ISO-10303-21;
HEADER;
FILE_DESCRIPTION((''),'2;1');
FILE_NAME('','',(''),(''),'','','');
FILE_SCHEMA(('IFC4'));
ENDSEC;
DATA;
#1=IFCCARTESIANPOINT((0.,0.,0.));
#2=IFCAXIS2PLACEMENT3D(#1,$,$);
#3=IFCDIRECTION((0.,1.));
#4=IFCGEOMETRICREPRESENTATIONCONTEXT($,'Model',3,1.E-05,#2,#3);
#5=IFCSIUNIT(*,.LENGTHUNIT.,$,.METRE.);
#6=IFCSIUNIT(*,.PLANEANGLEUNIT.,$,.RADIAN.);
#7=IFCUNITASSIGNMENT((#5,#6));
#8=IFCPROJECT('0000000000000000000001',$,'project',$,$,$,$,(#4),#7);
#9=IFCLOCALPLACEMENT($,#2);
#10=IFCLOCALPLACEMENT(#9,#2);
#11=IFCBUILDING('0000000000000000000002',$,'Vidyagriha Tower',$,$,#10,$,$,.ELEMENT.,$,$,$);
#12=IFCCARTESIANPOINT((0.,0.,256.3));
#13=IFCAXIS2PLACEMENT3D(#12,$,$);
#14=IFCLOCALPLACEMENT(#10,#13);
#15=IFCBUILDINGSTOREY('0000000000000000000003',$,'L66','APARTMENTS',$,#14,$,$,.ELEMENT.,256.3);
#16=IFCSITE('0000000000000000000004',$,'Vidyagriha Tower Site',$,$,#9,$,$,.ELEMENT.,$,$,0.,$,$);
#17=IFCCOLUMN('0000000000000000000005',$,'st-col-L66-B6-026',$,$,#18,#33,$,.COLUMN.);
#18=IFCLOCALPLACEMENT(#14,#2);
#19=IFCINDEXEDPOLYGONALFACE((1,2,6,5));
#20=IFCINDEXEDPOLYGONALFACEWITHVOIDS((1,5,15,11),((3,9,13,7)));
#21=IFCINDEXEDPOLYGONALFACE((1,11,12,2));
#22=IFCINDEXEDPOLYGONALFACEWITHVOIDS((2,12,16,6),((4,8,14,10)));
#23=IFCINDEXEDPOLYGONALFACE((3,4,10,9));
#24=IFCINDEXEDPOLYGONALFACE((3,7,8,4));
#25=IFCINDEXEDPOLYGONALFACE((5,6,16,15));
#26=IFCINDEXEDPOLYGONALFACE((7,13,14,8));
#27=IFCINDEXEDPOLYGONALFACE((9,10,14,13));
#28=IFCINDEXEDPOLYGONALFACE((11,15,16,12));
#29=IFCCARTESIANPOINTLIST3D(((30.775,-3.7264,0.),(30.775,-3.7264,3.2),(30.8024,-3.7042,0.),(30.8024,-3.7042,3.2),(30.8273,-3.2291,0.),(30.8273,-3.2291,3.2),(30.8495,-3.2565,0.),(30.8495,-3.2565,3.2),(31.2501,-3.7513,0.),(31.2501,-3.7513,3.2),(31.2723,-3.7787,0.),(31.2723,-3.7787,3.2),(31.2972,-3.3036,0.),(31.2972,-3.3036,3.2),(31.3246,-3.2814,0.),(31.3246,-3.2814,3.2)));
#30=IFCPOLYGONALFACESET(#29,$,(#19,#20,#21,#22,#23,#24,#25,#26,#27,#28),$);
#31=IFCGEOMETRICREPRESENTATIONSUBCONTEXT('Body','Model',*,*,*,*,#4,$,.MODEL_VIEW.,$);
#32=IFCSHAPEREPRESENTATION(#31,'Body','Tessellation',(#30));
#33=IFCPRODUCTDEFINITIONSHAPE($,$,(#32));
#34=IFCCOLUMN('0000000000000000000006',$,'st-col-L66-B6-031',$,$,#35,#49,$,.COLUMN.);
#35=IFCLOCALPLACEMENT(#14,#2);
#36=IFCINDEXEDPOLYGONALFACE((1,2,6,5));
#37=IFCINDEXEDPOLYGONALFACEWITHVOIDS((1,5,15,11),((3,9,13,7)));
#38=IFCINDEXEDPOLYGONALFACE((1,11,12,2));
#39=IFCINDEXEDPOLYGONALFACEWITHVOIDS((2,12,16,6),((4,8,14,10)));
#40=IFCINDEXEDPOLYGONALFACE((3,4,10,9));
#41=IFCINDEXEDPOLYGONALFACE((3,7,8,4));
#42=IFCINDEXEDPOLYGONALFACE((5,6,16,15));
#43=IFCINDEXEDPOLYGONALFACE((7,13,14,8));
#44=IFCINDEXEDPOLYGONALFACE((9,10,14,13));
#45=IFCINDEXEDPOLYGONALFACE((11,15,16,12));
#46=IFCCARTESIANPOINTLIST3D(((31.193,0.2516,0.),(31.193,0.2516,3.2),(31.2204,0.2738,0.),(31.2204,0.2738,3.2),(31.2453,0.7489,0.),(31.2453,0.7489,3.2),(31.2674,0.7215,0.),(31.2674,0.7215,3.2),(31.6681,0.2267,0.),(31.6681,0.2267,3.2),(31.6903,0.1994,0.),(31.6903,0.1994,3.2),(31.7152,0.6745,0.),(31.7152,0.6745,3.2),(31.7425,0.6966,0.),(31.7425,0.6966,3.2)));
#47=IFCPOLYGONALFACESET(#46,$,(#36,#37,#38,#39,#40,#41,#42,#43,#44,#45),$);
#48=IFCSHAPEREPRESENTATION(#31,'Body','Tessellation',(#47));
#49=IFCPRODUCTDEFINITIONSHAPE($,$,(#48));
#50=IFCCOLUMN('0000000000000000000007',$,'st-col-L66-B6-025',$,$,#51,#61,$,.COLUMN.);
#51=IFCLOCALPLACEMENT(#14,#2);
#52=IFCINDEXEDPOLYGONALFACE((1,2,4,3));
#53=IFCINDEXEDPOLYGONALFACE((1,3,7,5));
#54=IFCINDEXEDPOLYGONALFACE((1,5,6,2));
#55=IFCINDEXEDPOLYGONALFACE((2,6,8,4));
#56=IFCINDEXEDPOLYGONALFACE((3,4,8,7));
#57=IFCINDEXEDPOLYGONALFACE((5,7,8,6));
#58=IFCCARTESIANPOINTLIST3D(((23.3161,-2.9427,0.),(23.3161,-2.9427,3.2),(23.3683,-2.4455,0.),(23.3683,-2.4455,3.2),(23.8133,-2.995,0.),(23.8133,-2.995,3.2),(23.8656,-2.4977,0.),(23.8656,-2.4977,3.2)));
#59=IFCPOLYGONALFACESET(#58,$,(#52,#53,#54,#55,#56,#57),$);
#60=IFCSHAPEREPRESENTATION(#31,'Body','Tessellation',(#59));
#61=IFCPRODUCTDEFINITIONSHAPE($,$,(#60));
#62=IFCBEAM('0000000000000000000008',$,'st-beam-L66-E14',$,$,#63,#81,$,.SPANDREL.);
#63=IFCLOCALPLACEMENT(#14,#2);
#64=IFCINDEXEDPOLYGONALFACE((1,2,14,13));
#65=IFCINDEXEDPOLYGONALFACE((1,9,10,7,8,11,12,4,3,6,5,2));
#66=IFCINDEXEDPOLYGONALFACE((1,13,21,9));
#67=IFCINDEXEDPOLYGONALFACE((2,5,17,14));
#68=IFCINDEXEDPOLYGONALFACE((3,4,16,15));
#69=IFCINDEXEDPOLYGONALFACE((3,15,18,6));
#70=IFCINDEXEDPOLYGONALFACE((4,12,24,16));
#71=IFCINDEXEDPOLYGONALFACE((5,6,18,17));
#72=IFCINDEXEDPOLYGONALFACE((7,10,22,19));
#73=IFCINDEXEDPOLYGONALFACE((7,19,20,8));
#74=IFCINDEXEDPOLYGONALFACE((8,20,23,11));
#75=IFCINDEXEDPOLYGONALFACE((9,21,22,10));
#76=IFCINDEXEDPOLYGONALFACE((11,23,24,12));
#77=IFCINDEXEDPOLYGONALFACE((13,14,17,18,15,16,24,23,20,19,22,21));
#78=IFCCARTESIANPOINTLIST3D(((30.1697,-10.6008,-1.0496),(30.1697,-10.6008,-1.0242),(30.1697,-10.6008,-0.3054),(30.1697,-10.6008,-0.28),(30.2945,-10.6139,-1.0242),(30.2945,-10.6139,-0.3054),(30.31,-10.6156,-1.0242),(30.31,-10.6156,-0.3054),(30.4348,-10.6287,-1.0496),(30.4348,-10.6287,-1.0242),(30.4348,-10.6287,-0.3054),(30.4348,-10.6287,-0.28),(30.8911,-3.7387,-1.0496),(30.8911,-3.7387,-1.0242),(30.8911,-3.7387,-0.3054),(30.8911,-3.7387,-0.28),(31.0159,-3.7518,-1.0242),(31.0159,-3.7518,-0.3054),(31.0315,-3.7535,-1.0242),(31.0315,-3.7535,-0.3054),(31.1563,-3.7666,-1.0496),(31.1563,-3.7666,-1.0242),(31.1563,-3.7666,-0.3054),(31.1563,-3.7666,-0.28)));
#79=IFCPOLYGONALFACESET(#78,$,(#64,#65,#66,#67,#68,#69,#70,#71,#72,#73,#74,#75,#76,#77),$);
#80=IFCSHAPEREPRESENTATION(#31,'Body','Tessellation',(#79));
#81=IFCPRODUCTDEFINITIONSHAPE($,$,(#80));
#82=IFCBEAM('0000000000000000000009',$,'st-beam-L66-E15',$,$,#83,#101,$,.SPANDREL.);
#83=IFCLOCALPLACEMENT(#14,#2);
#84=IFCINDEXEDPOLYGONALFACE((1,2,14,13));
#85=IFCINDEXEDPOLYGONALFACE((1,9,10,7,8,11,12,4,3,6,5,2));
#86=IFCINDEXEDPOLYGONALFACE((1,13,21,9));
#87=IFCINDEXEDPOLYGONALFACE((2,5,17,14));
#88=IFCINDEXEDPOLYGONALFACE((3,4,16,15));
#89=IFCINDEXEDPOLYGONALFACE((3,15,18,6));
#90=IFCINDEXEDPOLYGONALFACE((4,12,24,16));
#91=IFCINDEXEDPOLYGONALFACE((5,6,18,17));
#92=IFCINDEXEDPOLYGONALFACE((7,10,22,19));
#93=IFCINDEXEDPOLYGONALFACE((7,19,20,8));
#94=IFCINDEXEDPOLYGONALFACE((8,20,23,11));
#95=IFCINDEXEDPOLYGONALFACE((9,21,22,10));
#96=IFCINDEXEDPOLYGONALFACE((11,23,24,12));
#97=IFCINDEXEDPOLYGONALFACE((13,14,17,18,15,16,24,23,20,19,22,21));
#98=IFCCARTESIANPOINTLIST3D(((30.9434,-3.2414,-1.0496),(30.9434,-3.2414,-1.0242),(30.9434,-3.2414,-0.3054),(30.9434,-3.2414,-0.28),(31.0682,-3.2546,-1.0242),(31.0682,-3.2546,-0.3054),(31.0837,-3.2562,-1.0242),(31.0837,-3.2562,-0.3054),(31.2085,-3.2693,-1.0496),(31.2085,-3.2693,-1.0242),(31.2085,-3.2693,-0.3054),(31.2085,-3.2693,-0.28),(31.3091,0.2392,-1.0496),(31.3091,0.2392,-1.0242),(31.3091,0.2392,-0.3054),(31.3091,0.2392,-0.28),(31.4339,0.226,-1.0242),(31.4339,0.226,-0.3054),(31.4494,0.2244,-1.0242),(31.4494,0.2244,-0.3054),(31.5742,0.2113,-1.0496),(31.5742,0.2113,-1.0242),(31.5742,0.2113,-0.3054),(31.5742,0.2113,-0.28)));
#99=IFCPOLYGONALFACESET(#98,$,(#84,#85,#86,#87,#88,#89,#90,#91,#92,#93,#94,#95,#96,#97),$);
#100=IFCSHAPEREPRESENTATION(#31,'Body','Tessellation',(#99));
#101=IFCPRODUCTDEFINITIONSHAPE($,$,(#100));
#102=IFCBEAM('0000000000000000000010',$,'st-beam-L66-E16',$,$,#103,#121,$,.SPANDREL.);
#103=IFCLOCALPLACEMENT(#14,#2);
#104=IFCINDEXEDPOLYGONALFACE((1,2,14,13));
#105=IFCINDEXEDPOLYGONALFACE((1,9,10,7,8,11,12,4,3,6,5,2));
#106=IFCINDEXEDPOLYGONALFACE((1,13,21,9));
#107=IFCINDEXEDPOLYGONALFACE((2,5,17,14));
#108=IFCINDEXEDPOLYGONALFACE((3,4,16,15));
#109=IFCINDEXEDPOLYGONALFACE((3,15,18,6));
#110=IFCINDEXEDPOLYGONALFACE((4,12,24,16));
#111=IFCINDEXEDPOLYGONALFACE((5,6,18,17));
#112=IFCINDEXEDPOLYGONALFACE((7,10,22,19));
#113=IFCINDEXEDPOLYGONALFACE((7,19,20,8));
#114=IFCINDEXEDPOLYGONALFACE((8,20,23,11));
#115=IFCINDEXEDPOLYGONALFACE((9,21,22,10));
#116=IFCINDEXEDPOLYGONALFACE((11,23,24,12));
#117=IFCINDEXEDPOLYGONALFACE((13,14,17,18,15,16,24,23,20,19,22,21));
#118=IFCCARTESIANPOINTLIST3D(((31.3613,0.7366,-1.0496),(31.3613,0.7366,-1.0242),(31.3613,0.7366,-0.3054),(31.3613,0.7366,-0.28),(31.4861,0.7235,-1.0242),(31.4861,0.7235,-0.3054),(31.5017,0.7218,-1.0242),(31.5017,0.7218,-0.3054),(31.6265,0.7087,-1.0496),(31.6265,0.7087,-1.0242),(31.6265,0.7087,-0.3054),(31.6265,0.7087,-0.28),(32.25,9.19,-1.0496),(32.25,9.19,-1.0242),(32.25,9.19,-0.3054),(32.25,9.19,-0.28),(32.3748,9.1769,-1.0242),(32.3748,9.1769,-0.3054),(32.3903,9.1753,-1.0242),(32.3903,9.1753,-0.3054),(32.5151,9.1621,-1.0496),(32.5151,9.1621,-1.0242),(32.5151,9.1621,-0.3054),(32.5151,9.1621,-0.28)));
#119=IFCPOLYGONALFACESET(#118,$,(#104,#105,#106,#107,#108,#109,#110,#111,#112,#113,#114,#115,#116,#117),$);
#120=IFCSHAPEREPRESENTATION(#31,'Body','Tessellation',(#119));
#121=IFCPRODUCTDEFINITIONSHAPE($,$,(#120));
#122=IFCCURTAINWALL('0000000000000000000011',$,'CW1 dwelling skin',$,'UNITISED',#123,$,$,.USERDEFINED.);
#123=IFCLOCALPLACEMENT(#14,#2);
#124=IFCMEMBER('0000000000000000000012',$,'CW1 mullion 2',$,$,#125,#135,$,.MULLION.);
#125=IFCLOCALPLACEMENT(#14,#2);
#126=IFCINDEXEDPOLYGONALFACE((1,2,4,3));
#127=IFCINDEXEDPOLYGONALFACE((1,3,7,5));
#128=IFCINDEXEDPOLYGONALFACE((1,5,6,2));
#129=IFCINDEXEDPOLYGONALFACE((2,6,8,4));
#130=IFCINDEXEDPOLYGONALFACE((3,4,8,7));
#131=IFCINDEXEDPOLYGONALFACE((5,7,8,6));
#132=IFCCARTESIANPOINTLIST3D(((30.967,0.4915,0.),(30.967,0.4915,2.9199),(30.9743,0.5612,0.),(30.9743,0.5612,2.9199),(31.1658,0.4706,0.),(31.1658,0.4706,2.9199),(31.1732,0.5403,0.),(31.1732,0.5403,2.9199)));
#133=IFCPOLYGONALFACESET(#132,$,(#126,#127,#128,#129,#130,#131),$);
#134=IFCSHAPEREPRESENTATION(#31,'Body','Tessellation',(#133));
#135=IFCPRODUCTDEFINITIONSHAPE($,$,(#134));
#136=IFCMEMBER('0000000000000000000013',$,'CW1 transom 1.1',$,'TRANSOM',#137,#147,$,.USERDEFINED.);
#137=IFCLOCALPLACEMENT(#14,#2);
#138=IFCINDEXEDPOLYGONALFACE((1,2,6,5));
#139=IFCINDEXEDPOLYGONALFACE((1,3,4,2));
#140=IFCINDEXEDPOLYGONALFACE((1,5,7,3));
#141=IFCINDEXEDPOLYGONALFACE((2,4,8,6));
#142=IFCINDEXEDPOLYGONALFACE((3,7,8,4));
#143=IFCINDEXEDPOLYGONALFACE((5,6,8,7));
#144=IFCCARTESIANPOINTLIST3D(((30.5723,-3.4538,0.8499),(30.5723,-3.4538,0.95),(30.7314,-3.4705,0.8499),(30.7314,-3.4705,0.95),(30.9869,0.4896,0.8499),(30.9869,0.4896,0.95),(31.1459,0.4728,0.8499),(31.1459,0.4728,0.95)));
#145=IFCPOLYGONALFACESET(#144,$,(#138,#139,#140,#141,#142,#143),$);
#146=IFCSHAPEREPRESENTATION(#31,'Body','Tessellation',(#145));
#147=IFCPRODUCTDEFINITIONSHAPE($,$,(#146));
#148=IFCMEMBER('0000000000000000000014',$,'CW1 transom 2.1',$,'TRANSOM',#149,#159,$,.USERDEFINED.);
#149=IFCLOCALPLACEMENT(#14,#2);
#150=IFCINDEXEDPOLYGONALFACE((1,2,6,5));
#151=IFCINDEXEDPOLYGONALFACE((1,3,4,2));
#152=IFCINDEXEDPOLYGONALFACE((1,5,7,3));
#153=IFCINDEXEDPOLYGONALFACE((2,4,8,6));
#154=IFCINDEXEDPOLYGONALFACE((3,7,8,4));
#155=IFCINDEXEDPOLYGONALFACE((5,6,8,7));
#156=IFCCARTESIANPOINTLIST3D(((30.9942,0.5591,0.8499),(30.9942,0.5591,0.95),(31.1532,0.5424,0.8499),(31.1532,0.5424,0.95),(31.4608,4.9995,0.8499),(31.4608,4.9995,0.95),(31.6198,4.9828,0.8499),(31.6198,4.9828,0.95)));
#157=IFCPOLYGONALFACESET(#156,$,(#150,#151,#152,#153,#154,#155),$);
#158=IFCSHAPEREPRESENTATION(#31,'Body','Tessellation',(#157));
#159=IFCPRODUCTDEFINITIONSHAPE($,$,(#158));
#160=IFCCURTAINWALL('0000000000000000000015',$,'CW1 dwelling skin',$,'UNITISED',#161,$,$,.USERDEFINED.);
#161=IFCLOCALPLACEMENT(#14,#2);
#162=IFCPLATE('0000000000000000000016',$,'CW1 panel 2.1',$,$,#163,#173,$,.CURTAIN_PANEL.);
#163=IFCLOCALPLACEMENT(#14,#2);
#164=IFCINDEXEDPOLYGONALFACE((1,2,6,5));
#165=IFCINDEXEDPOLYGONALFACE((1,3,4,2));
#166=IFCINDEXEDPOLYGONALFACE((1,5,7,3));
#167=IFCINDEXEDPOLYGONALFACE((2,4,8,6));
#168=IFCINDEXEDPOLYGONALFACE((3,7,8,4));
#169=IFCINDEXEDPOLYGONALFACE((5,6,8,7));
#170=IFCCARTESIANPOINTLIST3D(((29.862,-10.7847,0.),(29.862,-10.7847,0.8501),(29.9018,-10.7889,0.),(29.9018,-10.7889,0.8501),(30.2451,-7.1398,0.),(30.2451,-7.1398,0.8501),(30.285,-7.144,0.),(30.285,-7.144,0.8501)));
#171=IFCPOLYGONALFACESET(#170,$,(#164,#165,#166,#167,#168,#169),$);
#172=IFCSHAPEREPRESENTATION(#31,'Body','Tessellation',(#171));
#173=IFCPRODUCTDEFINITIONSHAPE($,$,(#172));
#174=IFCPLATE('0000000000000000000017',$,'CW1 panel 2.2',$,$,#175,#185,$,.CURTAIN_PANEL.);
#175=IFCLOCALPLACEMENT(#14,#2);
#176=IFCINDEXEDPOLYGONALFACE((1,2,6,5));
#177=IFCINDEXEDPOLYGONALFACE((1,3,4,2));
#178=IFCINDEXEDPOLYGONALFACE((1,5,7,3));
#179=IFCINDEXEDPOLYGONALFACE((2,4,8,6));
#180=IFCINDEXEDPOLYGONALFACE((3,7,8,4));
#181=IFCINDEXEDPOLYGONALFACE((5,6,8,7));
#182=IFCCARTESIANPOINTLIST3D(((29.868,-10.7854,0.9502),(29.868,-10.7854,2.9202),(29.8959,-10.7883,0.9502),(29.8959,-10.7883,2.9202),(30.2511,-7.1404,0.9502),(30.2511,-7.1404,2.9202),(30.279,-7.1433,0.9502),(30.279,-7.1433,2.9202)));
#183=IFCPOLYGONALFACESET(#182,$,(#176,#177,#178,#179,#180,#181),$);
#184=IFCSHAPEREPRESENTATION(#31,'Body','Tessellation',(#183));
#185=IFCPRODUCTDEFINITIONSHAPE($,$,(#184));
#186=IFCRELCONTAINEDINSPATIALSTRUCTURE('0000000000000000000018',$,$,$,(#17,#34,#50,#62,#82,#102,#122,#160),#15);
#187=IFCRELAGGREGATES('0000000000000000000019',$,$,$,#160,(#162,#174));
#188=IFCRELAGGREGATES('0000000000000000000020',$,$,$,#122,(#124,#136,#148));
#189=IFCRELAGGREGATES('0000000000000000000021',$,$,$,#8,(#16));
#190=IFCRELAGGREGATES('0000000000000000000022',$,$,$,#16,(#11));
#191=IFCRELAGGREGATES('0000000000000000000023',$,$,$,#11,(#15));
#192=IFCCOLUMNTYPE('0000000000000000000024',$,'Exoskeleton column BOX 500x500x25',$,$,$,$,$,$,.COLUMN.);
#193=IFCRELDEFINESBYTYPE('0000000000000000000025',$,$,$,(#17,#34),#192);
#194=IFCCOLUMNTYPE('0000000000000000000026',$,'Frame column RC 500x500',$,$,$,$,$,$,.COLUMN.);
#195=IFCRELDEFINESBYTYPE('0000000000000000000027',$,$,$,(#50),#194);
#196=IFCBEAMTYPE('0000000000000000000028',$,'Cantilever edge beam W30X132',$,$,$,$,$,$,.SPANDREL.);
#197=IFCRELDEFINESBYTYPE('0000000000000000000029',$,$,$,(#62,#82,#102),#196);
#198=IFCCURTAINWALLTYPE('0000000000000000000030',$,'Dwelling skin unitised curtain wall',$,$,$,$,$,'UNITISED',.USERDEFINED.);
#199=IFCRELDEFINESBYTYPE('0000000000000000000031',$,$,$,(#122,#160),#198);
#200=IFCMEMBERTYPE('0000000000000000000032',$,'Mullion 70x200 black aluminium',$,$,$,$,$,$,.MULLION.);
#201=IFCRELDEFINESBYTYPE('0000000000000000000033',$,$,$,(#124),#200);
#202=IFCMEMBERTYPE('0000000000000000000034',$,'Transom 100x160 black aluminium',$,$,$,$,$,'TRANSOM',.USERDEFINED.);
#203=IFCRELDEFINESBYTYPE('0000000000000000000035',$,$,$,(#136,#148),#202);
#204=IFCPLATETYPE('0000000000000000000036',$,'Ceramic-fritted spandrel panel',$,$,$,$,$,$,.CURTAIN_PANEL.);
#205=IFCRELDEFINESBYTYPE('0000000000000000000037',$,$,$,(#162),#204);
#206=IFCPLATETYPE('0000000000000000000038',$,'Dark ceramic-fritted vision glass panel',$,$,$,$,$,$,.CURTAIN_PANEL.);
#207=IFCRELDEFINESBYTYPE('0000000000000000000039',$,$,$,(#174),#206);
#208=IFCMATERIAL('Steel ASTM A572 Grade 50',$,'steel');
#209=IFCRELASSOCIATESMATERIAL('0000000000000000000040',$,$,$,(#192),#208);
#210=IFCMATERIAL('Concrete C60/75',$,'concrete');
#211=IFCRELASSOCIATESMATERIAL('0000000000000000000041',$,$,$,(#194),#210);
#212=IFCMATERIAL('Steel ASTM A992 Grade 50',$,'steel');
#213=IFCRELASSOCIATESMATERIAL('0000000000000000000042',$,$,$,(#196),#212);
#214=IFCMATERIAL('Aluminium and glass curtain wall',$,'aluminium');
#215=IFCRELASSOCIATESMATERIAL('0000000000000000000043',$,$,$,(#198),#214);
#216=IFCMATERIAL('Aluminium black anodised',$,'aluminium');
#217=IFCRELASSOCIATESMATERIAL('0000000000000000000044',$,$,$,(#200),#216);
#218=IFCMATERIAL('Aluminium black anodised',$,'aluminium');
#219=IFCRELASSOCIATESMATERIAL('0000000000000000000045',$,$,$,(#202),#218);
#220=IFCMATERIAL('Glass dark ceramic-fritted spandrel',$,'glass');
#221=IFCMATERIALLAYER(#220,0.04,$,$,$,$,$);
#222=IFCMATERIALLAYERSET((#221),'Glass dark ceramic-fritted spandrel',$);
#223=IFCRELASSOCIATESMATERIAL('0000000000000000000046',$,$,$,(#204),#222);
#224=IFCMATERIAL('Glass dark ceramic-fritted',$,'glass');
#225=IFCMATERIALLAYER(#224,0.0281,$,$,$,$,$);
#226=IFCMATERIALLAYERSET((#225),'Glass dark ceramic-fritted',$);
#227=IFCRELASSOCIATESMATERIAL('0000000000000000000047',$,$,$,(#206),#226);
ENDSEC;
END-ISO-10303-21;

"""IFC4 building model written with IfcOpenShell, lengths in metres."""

from ifc_helpers import new_model, si_unit, direction, frame, origin, origin_2d, place, context, subcontext, project, spatial, rectangle, hollow_rectangle, i_section, extrude, material, layer, layer_set, material_profile, profile_set, type_object, element, aggregate, save


model = new_model("IFC4")

# Units and contexts
model_context = context("Model", 3, precision=1e-05, world=origin(), true_north=direction((0.0, 1.0)))
body_context = subcontext(model_context, "Body", "Model", "MODEL_VIEW")
ifc_project = project(units=[si_unit("LENGTHUNIT", "METRE"), si_unit("PLANEANGLEUNIT", "RADIAN")], contexts=[model_context])

# Site, building, storey
site_placement = place(None, origin())
site = spatial("IfcSite", under=ifc_project, at=site_placement, Name="Vidyagriha Tower Site", CompositionType="ELEMENT", RefElevation=0.0)
building_placement = place(site_placement, origin())
building = spatial("IfcBuilding", under=site, at=building_placement, Name="Vidyagriha Tower", CompositionType="ELEMENT")
storey_placement = place(building_placement, frame((0.0, 0.0, 256.3)))
storey = spatial("IfcBuildingStorey", under=building, at=storey_placement, Name="L66", Description="APARTMENTS", CompositionType="ELEMENT", Elevation=256.3)

# Columns
ifc_material_1 = material(Name="Steel ASTM A572 Grade 50", Category="steel")
ifc_material_profile_1 = material_profile(ifc_material_1, hollow_rectangle(XDim=0.5, YDim=0.5, WallThickness=0.0249, at=origin_2d()), Name="BOX 500x500x25")
ifc_profile_set_1 = profile_set([ifc_material_profile_1], Name="Steel ASTM A572 Grade 50")
column_type_1 = type_object("IfcColumnType", Name="Exoskeleton column BOX 500x500x25", PredefinedType="COLUMN", material=ifc_profile_set_1)
for number, where, z_axis, x_axis, name in (
    (1, (31.0498, -3.5039, 0.0), (0.0, 0.0, 1.0), (0.994522, -0.104528, 0.0), "st-col-L66-B6-026"),
    (2, (31.4678, 0.4741, 0.0), (0.0, 0.0, 1.0), (0.994522, -0.104528, 0.0), "st-col-L66-B6-031"),
):
    element("IfcColumn", number, at=place(storey_placement, frame(where, z_axis=z_axis, x_axis=x_axis)), inside=storey, type_object=column_type_1, Name=name, PredefinedType="COLUMN", context=body_context, shape_type="SweptSolid", body=[
        extrude(hollow_rectangle(XDim=0.5, YDim=0.5, WallThickness=0.0249, at=origin_2d()), origin(), (0.0, 0.0, 1.0), 3.2),
    ])
ifc_material_2 = material(Name="Concrete C60/75", Category="concrete")
ifc_material_profile_2 = material_profile(ifc_material_2, rectangle(XDim=0.5, YDim=0.5, at=origin_2d()), Name="RC 500x500")
ifc_profile_set_2 = profile_set([ifc_material_profile_2], Name="Concrete C60/75")
column_type_2 = type_object("IfcColumnType", Name="Frame column RC 500x500", PredefinedType="COLUMN", material=ifc_profile_set_2)
column_placement = place(storey_placement, frame((23.5908, -2.7202, 0.0), z_axis=(0.0, 0.0, 1.0), x_axis=(0.994522, -0.104528, 0.0)))
element("IfcColumn", 3, at=column_placement, inside=storey, type_object=column_type_2, Name="st-col-L66-B6-025", PredefinedType="COLUMN", context=body_context, shape_type="SweptSolid", body=[
    extrude(rectangle(XDim=0.5, YDim=0.5, at=origin_2d()), origin(), (0.0, 0.0, 1.0), 3.2),
])

# Beams
ifc_material_3 = material(Name="Steel ASTM A992 Grade 50", Category="steel")
ifc_material_profile_3 = material_profile(ifc_material_3, i_section(OverallWidth=0.2666, OverallDepth=0.7695, WebThickness=0.0156, FlangeThickness=0.0254, at=origin_2d()), Name="W30X132")
ifc_profile_set_3 = profile_set([ifc_material_profile_3], Name="Steel ASTM A992 Grade 50")
beam_type = type_object("IfcBeamType", Name="Cantilever edge beam W30X132", PredefinedType="SPANDREL", material=ifc_profile_set_3)
beam_1_placement = place(storey_placement, frame((30.3022, -10.6147, -0.6648), z_axis=(0.104558, 0.994519, 0.0), x_axis=(-0.994519, 0.104558, 0.0)))
element("IfcBeam", 4, at=beam_1_placement, inside=storey, type_object=beam_type, Name="st-beam-L66-E14", PredefinedType="SPANDREL", context=body_context, shape_type="SweptSolid", body=[
    extrude(i_section(OverallWidth=0.2666, OverallDepth=0.7695, WebThickness=0.0156, FlangeThickness=0.0254, at=origin_2d()), origin(), (0.0, 0.0, 1.0), 6.8999),
])
beam_2_placement = place(storey_placement, frame((31.0759, -3.2554, -0.6648), z_axis=(0.104496, 0.994525, 0.0), x_axis=(-0.994525, 0.104496, 0.0)))
element("IfcBeam", 5, at=beam_2_placement, inside=storey, type_object=beam_type, Name="st-beam-L66-E15", PredefinedType="SPANDREL", context=body_context, shape_type="SweptSolid", body=[
    extrude(i_section(OverallWidth=0.2666, OverallDepth=0.7695, WebThickness=0.0156, FlangeThickness=0.0254, at=origin_2d()), origin(), (0.0, 0.0, 1.0), 3.4998),
])
beam_3_placement = place(storey_placement, frame((31.4939, 0.7227, -0.6648), z_axis=(0.10455, 0.99452, 0.0), x_axis=(-0.99452, 0.10455, 0.0)))
element("IfcBeam", 6, at=beam_3_placement, inside=storey, type_object=beam_type, Name="st-beam-L66-E16", PredefinedType="SPANDREL", context=body_context, shape_type="SweptSolid", body=[
    extrude(i_section(OverallWidth=0.2666, OverallDepth=0.7695, WebThickness=0.0156, FlangeThickness=0.0254, at=origin_2d()), origin(), (0.0, 0.0, 1.0), 8.5),
])

# Curtain wall, members
ifc_material_4 = material(Name="Aluminium and glass curtain wall", Category="aluminium")
curtain_wall_type = type_object("IfcCurtainWallType", Name="Dwelling skin unitised curtain wall", ElementType="UNITISED", PredefinedType="USERDEFINED", material=ifc_material_4)
curtain_wall_1_placement = place(storey_placement, origin())
curtain_wall_1 = element("IfcCurtainWall", 7, at=curtain_wall_1_placement, inside=storey, type_object=curtain_wall_type, Name="CW1 dwelling skin", ObjectType="UNITISED", PredefinedType="USERDEFINED")
ifc_material_5 = material(Name="Aluminium black anodised", Category="aluminium")
ifc_material_profile_4 = material_profile(ifc_material_5, rectangle(XDim=0.2, YDim=0.0701, at=origin_2d()), Name="Mullion 70x200 black aluminium")
ifc_profile_set_4 = profile_set([ifc_material_profile_4], Name="Aluminium black anodised")
member_type_1 = type_object("IfcMemberType", Name="Mullion 70x200 black aluminium", PredefinedType="MULLION", material=ifc_profile_set_4)
member_1_placement = place(storey_placement, frame((31.0701, 0.5159, 0.0), z_axis=(0.0, 0.0, 1.0), x_axis=(-0.994522, 0.10453, 0.0)))
member_1 = element("IfcMember", 8, at=member_1_placement, type_object=member_type_1, Name="CW1 mullion 2", PredefinedType="MULLION", context=body_context, shape_type="SweptSolid", body=[
    extrude(rectangle(XDim=0.2, YDim=0.0701, at=origin_2d()), origin(), (0.0, 0.0, 1.0), 2.9199),
])
ifc_material_6 = material(Name="Aluminium black anodised", Category="aluminium")
ifc_material_profile_5 = material_profile(ifc_material_6, rectangle(XDim=0.1599, YDim=0.1001, at=origin_2d()), Name="Transom 100x160 black aluminium")
ifc_profile_set_5 = profile_set([ifc_material_profile_5], Name="Aluminium black anodised")
member_type_2 = type_object("IfcMemberType", Name="Transom 100x160 black aluminium", ElementType="TRANSOM", PredefinedType="USERDEFINED", material=ifc_profile_set_5)
member_2_placement = place(storey_placement, frame((30.6519, -3.4622, 0.8999), z_axis=(0.10455, 0.99452, 0.0), x_axis=(-0.99452, 0.10455, 0.0)))
member_2 = element("IfcMember", 9, at=member_2_placement, type_object=member_type_2, Name="CW1 transom 1.1", ObjectType="TRANSOM", PredefinedType="USERDEFINED", context=body_context, shape_type="SweptSolid", body=[
    extrude(rectangle(XDim=0.1599, YDim=0.1001, at=origin_2d()), origin(), (0.0, 0.0, 1.0), 3.9651),
])
member_3_placement = place(storey_placement, frame((31.0737, 0.5508, 0.8999), z_axis=(0.104494, 0.994526, 0.0), x_axis=(-0.994526, 0.104494, 0.0)))
member_3 = element("IfcMember", 10, at=member_3_placement, type_object=member_type_2, Name="CW1 transom 2.1", ObjectType="TRANSOM", PredefinedType="USERDEFINED", context=body_context, shape_type="SweptSolid", body=[
    extrude(rectangle(XDim=0.1599, YDim=0.1001, at=origin_2d()), origin(), (0.0, 0.0, 1.0), 4.4648),
])

# Curtain wall, plates
curtain_wall_2_placement = place(storey_placement, origin())
curtain_wall_2 = element("IfcCurtainWall", 11, at=curtain_wall_2_placement, inside=storey, type_object=curtain_wall_type, Name="CW1 dwelling skin", ObjectType="UNITISED", PredefinedType="USERDEFINED")
ifc_material_7 = material(Name="Glass dark ceramic-fritted spandrel", Category="glass")
ifc_layer_1 = layer(ifc_material_7, 0.04)
ifc_layer_set_1 = layer_set([ifc_layer_1], Name="Glass dark ceramic-fritted spandrel")
plate_type_1 = type_object("IfcPlateType", Name="Ceramic-fritted spandrel panel", PredefinedType="CURTAIN_PANEL", material=ifc_layer_set_1)
plate_1_placement = place(storey_placement, frame((30.0735, -8.9644, 0.0), z_axis=(0.0, 0.0, 1.0), x_axis=(0.104533, 0.994521, 0.0)))
plate_1 = element("IfcPlate", 12, at=plate_1_placement, type_object=plate_type_1, Name="CW1 panel 2.1", PredefinedType="CURTAIN_PANEL", context=body_context, shape_type="SweptSolid", body=[
    extrude(rectangle(XDim=3.665, YDim=0.04, at=origin_2d()), origin(), (0.0, 0.0, 1.0), 0.8501),
])
ifc_material_8 = material(Name="Glass dark ceramic-fritted", Category="glass")
ifc_layer_2 = layer(ifc_material_8, 0.0281)
ifc_layer_set_2 = layer_set([ifc_layer_2], Name="Glass dark ceramic-fritted")
plate_type_2 = type_object("IfcPlateType", Name="Dark ceramic-fritted vision glass panel", PredefinedType="CURTAIN_PANEL", material=ifc_layer_set_2)
plate_2_placement = place(storey_placement, frame((30.0735, -8.9644, 0.9502), z_axis=(0.0, 0.0, 1.0), x_axis=(0.104533, 0.994521, 0.0)))
plate_2 = element("IfcPlate", 13, at=plate_2_placement, type_object=plate_type_2, Name="CW1 panel 2.2", PredefinedType="CURTAIN_PANEL", context=body_context, shape_type="SweptSolid", body=[
    extrude(rectangle(XDim=3.665, YDim=0.0281, at=origin_2d()), origin(), (0.0, 0.0, 1.0), 1.97),
])
aggregate(curtain_wall_2, [plate_1, plate_2])

aggregate(curtain_wall_1, [member_1, member_2, member_3])

save(model, "model.ifc")
